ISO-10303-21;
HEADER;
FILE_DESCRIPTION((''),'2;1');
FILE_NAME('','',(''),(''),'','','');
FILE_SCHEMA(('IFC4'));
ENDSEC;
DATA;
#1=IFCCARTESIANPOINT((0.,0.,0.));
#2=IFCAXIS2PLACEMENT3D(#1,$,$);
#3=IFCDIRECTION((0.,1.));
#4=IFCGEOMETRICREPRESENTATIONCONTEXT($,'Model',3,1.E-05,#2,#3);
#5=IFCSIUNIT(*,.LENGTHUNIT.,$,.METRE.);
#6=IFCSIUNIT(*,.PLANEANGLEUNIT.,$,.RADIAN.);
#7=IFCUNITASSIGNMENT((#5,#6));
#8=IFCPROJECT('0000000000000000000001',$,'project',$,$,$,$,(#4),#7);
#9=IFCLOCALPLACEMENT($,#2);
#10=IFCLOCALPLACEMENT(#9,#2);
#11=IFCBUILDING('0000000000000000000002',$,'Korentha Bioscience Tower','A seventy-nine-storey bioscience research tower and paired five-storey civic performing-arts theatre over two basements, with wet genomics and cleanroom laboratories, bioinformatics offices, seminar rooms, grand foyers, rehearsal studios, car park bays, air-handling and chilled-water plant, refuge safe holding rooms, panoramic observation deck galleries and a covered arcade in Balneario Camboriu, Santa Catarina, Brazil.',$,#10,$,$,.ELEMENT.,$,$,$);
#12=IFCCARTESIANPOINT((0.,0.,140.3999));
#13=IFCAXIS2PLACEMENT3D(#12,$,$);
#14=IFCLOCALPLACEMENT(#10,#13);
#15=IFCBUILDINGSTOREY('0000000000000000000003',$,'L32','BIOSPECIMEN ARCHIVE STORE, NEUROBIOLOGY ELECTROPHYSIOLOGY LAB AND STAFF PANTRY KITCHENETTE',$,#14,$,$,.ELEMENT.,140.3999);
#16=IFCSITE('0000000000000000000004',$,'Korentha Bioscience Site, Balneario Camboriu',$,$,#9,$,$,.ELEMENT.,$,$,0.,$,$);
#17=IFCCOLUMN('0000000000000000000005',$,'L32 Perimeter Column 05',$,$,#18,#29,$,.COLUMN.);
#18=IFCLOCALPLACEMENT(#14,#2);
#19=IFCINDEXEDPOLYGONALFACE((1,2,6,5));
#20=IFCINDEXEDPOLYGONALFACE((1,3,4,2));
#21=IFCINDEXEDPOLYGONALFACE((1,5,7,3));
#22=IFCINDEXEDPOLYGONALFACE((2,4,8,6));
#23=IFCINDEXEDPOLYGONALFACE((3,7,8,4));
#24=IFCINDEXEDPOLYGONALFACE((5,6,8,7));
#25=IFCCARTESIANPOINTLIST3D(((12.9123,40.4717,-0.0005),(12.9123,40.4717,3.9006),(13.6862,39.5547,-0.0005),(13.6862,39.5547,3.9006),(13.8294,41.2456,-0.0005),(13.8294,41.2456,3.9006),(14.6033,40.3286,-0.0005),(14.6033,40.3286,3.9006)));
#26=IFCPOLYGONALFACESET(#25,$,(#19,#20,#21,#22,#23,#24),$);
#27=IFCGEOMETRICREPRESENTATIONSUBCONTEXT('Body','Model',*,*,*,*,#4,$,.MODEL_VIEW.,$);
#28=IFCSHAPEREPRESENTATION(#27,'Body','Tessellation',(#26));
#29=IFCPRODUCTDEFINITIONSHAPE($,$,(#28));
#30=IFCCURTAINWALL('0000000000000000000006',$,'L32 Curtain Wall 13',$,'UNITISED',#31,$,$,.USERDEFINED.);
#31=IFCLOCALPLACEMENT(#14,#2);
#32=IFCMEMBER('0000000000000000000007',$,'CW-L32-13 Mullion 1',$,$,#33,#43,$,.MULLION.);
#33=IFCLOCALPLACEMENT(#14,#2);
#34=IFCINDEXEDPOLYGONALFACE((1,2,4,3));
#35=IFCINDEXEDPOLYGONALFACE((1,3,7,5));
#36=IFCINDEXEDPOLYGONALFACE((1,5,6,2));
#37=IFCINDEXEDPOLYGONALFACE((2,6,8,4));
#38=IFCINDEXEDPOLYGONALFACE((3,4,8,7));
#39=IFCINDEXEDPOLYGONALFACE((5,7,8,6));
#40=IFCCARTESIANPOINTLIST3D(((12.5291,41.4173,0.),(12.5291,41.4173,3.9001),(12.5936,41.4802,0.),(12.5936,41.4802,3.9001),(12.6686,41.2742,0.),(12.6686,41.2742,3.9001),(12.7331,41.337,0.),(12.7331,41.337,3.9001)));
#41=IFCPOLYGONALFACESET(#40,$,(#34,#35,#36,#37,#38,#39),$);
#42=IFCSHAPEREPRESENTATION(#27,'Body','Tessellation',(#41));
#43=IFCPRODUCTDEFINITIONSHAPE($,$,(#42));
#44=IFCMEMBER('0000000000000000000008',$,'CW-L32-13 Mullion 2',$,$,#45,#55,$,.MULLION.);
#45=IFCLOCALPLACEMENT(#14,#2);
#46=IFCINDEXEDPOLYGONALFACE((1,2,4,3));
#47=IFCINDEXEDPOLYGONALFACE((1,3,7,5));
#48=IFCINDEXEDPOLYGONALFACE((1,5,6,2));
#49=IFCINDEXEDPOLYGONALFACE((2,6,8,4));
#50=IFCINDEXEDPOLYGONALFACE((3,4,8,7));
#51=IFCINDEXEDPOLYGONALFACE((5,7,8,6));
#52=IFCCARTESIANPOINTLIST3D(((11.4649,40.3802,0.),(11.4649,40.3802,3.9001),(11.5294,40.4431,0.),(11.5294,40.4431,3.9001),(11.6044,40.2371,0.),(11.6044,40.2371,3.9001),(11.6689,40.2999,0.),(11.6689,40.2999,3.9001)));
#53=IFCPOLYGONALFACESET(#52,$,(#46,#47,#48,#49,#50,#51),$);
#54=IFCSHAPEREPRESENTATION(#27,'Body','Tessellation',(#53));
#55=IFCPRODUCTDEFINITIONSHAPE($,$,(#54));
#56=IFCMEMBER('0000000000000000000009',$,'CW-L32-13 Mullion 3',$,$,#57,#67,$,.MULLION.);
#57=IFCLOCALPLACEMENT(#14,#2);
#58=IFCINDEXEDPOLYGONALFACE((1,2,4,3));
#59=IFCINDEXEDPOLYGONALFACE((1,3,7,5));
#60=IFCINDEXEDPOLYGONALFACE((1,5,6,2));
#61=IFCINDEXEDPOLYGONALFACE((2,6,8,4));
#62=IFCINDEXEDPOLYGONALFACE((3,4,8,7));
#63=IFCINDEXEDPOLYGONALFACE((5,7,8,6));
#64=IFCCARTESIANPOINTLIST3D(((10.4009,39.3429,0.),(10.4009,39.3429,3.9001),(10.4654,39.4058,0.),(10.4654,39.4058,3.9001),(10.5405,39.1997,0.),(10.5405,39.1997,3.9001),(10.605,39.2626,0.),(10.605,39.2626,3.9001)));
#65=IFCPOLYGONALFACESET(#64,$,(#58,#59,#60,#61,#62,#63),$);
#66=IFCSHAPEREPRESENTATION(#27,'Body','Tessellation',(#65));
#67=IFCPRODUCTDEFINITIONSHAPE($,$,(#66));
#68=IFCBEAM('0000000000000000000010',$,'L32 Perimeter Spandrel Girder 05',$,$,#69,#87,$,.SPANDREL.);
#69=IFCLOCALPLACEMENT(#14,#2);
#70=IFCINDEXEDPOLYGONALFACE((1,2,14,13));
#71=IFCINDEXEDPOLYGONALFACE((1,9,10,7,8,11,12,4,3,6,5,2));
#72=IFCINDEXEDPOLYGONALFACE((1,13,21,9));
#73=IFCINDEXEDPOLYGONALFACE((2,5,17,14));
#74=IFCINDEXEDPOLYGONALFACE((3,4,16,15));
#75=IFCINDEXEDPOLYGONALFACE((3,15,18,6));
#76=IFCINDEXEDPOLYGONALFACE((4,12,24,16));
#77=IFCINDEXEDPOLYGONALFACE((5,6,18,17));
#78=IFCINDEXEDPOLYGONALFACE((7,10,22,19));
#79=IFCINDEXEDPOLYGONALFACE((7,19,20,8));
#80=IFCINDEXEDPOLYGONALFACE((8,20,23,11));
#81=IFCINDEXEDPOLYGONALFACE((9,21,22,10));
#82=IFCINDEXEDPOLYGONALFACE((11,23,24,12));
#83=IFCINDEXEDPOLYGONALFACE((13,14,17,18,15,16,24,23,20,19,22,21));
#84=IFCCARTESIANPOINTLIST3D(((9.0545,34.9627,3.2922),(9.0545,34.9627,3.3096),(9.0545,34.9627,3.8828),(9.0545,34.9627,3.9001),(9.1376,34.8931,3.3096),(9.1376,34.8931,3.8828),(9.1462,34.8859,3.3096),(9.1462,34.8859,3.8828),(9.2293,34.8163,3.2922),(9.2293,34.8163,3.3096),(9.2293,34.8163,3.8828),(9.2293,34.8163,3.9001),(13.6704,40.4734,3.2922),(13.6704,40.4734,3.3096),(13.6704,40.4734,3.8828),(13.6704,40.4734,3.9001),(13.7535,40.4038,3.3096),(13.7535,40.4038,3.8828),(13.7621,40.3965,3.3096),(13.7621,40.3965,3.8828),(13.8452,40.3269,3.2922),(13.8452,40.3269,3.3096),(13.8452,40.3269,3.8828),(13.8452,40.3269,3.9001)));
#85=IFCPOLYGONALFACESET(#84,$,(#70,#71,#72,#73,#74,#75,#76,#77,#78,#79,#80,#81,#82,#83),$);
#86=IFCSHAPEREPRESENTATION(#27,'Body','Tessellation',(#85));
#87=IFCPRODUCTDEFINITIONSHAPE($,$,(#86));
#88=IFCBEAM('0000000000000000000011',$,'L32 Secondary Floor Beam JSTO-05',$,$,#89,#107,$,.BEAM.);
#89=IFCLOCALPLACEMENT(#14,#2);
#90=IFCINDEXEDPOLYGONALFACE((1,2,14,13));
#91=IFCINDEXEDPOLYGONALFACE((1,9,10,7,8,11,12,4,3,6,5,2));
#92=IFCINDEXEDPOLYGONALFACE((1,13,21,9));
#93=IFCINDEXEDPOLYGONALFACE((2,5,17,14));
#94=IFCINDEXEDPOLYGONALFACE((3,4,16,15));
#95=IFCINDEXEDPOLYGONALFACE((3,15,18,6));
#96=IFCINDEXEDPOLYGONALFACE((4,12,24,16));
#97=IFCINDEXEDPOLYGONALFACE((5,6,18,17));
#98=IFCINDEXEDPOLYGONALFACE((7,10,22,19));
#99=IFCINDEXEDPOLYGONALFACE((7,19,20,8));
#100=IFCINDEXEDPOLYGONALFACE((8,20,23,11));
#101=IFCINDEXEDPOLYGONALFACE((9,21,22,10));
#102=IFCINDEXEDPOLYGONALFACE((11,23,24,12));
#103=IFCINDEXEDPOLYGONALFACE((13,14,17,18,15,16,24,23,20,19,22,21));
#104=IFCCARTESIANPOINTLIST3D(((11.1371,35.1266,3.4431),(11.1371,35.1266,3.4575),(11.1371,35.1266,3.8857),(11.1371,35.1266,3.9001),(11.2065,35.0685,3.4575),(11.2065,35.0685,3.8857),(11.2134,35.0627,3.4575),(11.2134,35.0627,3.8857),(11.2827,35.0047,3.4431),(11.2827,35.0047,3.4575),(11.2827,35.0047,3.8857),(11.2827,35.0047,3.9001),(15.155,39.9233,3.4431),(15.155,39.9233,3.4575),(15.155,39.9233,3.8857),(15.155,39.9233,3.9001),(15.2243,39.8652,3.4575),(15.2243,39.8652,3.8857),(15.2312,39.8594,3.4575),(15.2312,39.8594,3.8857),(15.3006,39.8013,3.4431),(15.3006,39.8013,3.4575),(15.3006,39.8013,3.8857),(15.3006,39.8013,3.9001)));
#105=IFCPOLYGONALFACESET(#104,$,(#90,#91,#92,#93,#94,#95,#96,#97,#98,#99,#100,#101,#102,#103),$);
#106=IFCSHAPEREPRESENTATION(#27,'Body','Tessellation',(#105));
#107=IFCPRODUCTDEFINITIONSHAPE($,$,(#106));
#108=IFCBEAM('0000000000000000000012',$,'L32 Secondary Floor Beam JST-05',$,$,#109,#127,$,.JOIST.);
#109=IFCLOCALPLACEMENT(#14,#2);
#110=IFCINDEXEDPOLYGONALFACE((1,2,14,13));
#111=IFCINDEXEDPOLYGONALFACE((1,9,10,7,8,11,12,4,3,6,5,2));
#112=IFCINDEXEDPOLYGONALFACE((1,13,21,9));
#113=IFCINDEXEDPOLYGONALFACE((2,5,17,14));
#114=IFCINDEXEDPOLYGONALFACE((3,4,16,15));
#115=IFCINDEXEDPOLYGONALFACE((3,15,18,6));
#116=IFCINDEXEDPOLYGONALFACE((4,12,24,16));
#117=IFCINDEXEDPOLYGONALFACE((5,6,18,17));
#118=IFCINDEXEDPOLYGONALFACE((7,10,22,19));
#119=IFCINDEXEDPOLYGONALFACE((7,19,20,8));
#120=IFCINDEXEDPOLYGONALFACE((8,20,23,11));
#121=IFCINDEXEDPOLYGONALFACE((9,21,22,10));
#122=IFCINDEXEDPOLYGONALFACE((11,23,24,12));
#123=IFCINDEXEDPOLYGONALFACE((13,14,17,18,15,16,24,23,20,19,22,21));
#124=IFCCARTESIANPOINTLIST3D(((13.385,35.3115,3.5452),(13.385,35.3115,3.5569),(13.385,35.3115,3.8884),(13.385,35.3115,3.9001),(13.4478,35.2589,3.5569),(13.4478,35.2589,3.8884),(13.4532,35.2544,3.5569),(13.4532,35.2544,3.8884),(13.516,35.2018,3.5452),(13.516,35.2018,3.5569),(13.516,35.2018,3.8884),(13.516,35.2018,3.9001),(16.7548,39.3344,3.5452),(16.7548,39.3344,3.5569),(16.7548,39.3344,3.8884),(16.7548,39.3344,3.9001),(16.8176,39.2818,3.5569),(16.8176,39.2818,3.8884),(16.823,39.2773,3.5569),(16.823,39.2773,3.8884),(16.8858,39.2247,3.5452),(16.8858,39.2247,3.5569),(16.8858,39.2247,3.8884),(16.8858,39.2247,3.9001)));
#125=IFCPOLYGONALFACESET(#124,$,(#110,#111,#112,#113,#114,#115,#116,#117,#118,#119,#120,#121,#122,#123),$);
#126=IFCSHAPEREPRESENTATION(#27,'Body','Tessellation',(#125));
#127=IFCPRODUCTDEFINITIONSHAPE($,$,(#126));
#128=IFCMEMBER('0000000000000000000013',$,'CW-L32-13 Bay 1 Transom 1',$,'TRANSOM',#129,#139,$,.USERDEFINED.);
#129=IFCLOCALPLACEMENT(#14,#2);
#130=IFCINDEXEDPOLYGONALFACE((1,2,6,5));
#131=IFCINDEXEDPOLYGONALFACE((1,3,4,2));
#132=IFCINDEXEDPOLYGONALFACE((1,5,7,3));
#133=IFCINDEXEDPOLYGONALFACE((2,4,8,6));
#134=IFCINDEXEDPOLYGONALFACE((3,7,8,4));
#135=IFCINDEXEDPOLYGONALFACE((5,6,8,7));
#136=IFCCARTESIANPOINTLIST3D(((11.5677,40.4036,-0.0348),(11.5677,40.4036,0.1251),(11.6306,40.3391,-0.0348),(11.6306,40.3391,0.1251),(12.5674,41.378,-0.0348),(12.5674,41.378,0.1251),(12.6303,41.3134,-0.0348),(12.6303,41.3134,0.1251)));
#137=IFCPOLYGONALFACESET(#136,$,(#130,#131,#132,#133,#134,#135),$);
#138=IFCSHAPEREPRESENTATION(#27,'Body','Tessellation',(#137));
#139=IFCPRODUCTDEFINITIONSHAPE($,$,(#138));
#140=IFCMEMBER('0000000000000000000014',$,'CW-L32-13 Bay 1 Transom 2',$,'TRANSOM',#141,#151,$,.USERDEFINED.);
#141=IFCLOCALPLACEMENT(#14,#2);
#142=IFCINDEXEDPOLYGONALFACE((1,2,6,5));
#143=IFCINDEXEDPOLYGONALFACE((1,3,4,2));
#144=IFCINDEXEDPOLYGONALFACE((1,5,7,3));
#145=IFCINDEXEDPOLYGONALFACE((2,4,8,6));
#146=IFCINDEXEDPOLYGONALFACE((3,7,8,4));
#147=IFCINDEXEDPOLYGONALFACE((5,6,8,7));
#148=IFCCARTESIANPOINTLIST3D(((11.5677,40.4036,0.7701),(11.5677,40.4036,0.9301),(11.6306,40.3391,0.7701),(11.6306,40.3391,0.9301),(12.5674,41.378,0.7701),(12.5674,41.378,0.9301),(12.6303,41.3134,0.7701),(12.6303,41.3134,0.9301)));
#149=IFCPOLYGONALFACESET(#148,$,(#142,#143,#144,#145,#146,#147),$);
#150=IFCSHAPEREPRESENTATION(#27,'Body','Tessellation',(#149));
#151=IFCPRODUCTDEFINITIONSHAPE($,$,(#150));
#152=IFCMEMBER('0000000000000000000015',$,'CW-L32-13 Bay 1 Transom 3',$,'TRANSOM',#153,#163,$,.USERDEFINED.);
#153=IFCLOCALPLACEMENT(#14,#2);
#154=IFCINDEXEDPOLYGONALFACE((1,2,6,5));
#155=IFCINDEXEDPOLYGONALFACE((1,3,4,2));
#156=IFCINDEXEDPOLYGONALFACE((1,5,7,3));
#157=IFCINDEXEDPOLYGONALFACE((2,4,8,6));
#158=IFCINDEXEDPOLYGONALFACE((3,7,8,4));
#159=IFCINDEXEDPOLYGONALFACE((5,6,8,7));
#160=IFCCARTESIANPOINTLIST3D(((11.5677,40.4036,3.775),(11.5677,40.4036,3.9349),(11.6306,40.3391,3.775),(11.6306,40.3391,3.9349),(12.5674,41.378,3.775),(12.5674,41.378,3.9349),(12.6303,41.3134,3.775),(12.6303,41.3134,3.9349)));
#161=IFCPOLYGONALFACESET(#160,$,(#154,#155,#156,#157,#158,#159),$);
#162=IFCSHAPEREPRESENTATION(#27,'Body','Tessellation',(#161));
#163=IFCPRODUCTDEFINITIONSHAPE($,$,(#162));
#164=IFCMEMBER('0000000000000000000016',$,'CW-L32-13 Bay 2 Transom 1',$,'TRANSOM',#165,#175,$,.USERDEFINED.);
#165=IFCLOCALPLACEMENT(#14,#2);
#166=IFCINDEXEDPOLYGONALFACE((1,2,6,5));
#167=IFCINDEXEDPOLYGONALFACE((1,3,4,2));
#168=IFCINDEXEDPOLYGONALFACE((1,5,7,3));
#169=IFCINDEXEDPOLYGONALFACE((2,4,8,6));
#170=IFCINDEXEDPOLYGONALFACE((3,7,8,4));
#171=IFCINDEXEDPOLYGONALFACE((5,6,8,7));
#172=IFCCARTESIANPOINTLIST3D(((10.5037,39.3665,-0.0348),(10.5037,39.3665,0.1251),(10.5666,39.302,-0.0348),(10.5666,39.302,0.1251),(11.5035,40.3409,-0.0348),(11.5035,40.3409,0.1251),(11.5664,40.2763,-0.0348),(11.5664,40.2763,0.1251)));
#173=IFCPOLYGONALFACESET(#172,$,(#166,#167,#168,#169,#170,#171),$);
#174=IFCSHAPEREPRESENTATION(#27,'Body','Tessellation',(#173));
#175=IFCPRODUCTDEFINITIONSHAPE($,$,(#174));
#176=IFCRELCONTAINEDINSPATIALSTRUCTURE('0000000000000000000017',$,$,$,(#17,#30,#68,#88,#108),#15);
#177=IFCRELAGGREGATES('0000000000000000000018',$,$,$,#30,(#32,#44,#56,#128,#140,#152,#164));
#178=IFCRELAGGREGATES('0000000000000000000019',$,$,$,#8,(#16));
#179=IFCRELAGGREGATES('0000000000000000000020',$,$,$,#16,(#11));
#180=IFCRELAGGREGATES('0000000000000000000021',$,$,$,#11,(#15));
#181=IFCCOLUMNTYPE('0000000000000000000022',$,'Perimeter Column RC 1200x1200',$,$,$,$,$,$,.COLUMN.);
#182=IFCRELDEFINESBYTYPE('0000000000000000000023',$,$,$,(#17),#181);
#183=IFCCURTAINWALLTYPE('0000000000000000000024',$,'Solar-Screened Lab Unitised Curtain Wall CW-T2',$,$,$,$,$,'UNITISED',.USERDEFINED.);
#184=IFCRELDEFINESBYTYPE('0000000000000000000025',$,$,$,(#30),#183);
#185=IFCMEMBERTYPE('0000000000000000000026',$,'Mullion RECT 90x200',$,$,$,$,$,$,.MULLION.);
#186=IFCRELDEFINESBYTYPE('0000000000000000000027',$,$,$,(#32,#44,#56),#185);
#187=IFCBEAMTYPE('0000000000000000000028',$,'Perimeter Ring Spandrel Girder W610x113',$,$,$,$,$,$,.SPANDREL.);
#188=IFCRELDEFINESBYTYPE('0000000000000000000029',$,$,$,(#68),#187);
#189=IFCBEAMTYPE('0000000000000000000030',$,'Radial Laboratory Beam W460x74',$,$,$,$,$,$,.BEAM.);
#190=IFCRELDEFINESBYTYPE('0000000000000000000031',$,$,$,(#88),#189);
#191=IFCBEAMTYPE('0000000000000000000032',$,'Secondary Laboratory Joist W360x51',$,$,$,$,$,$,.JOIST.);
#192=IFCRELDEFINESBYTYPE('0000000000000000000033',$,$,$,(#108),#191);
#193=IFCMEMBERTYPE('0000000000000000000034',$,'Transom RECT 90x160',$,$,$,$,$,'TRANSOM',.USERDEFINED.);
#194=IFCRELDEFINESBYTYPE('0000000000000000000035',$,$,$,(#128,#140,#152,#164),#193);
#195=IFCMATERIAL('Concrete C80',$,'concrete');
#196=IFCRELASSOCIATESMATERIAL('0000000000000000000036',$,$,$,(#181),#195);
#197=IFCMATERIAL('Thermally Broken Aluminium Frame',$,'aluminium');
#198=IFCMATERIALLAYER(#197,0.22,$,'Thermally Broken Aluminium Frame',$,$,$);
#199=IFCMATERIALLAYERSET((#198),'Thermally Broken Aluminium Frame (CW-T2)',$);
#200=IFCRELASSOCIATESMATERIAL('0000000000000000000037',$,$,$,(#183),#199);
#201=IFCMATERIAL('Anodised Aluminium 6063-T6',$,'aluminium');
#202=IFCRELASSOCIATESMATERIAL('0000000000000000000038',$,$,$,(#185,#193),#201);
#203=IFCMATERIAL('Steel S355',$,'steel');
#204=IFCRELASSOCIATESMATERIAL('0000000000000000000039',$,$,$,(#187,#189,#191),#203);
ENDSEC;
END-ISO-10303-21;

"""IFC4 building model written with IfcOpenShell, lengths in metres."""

from ifc_helpers import new_model, si_unit, direction, frame, origin, origin_2d, place, context, subcontext, project, spatial, rectangle, i_section, extrude, material, layer, layer_set, material_profile, profile_set, type_object, element, aggregate, save


model = new_model("IFC4")

# Units and contexts
model_context = context("Model", 3, precision=1e-05, world=origin(), true_north=direction((0.0, 1.0)))
body_context = subcontext(model_context, "Body", "Model", "MODEL_VIEW")
ifc_project = project(units=[si_unit("LENGTHUNIT", "METRE"), si_unit("PLANEANGLEUNIT", "RADIAN")], contexts=[model_context])

# Site, building, storey
site_placement = place(None, origin())
site = spatial("IfcSite", under=ifc_project, at=site_placement, Name="Korentha Bioscience Site, Balneario Camboriu", CompositionType="ELEMENT", RefElevation=0.0)
building_placement = place(site_placement, origin())
building = spatial("IfcBuilding", under=site, at=building_placement, Name="Korentha Bioscience Tower", Description="A seventy-nine-storey bioscience research tower and paired five-storey civic performing-arts theatre over two basements, with wet genomics and cleanroom laboratories, bioinformatics offices, seminar rooms, grand foyers, rehearsal studios, car park bays, air-handling and chilled-water plant, refuge safe holding rooms, panoramic observation deck galleries and a covered arcade in Balneario Camboriu, Santa Catarina, Brazil.", CompositionType="ELEMENT")
storey_placement = place(building_placement, frame((0.0, 0.0, 140.3999)))
storey = spatial("IfcBuildingStorey", under=building, at=storey_placement, Name="L32", Description="BIOSPECIMEN ARCHIVE STORE, NEUROBIOLOGY ELECTROPHYSIOLOGY LAB AND STAFF PANTRY KITCHENETTE", CompositionType="ELEMENT", Elevation=140.3999)

# Column
ifc_material_1 = material(Name="Concrete C80", Category="concrete")
ifc_material_profile_1 = material_profile(ifc_material_1, rectangle(XDim=1.2, YDim=1.2, at=origin_2d()), Name="Concrete C80")
ifc_profile_set_1 = profile_set([ifc_material_profile_1], Name="Concrete C80 (COL-P12)")
column_type = type_object("IfcColumnType", Name="Perimeter Column RC 1200x1200", PredefinedType="COLUMN", material=ifc_profile_set_1)
column_placement = place(storey_placement, frame((13.7578, 40.4001, -0.0005), z_axis=(0.0, 0.0, 1.0), x_axis=(0.764246, 0.644924, 0.0)))
element("IfcColumn", 1, at=column_placement, inside=storey, type_object=column_type, Name="L32 Perimeter Column 05", PredefinedType="COLUMN", context=body_context, shape_type="SweptSolid", body=[
    extrude(rectangle(XDim=1.2, YDim=1.2, at=origin_2d()), origin(), (0.0, 0.0, 1.0), 3.9011),
])

# Curtain wall, members
ifc_material_2 = material(Name="Thermally Broken Aluminium Frame", Category="aluminium")
ifc_layer_1 = layer(ifc_material_2, 0.22, Name="Thermally Broken Aluminium Frame")
ifc_layer_set_1 = layer_set([ifc_layer_1], Name="Thermally Broken Aluminium Frame (CW-T2)")
curtain_wall_type = type_object("IfcCurtainWallType", Name="Solar-Screened Lab Unitised Curtain Wall CW-T2", ElementType="UNITISED", PredefinedType="USERDEFINED", material=ifc_layer_set_1)
curtain_wall_placement = place(storey_placement, origin())
curtain_wall = element("IfcCurtainWall", 2, at=curtain_wall_placement, inside=storey, type_object=curtain_wall_type, Name="L32 Curtain Wall 13", ObjectType="UNITISED", PredefinedType="USERDEFINED")
ifc_material_3 = material(Name="Anodised Aluminium 6063-T6", Category="aluminium")
ifc_material_profile_2 = material_profile(ifc_material_3, rectangle(XDim=0.0901, YDim=0.2, at=origin_2d()), Name="Anodised Aluminium 6063-T6")
ifc_profile_set_2 = profile_set([ifc_material_profile_2], Name="Anodised Aluminium 6063-T6 (CW-MUL)")
member_type_1 = type_object("IfcMemberType", Name="Mullion RECT 90x200", PredefinedType="MULLION", material=ifc_profile_set_2)
member_1_placement = place(storey_placement, frame((12.6311, 41.3772, 0.0), z_axis=(0.0, 0.0, 1.0), x_axis=(-0.716096, -0.698002, 0.0)))
member_1 = element("IfcMember", 3, at=member_1_placement, type_object=member_type_1, Name="CW-L32-13 Mullion 1", PredefinedType="MULLION", context=body_context, shape_type="SweptSolid", body=[
    extrude(rectangle(XDim=0.0901, YDim=0.2, at=origin_2d()), origin(), (0.0, 0.0, 1.0), 3.9001),
])
member_2_placement = place(storey_placement, frame((11.5669, 40.3401, 0.0), z_axis=(0.0, 0.0, 1.0), x_axis=(-0.716096, -0.698002, 0.0)))
member_2 = element("IfcMember", 4, at=member_2_placement, type_object=member_type_1, Name="CW-L32-13 Mullion 2", PredefinedType="MULLION", context=body_context, shape_type="SweptSolid", body=[
    extrude(rectangle(XDim=0.0901, YDim=0.2, at=origin_2d()), origin(), (0.0, 0.0, 1.0), 3.9001),
])
member_3_placement = place(storey_placement, frame((10.5029, 39.3027, 0.0), z_axis=(0.0, 0.0, 1.0), x_axis=(-0.716096, -0.698002, 0.0)))
member_3 = element("IfcMember", 5, at=member_3_placement, type_object=member_type_1, Name="CW-L32-13 Mullion 3", PredefinedType="MULLION", context=body_context, shape_type="SweptSolid", body=[
    extrude(rectangle(XDim=0.0901, YDim=0.2, at=origin_2d()), origin(), (0.0, 0.0, 1.0), 3.9001),
])

# Beams
ifc_material_4 = material(Name="Steel S355", Category="steel")
ifc_material_profile_3 = material_profile(ifc_material_4, i_section(OverallWidth=0.228, OverallDepth=0.6079, WebThickness=0.0112, FlangeThickness=0.0173, at=origin_2d()), Name="Steel S355")
ifc_profile_set_3 = profile_set([ifc_material_profile_3], Name="Steel S355 (SB-610)")
beam_type_1 = type_object("IfcBeamType", Name="Perimeter Ring Spandrel Girder W610x113", PredefinedType="SPANDREL", material=ifc_profile_set_3)
beam_1_placement = place(storey_placement, frame((13.7578, 40.4001, 3.5962), z_axis=(-0.642127, -0.766599, 0.0), x_axis=(0.766599, -0.642127, 0.0)))
element("IfcBeam", 6, at=beam_1_placement, inside=storey, type_object=beam_type_1, Name="L32 Perimeter Spandrel Girder 05", PredefinedType="SPANDREL", context=body_context, shape_type="SweptSolid", body=[
    extrude(i_section(OverallWidth=0.228, OverallDepth=0.6079, WebThickness=0.0112, FlangeThickness=0.0173, at=origin_2d()), origin(), (0.0, 0.0, 1.0), 7.1885),
])
ifc_material_profile_4 = material_profile(ifc_material_4, i_section(OverallWidth=0.1899, OverallDepth=0.457, WebThickness=0.009, FlangeThickness=0.0144, at=origin_2d()), Name="Steel S355")
ifc_profile_set_4 = profile_set([ifc_material_profile_4], Name="Steel S355 (RB-460)")
beam_type_2 = type_object("IfcBeamType", Name="Radial Laboratory Beam W460x74", PredefinedType="BEAM", material=ifc_profile_set_4)
beam_2_placement = place(storey_placement, frame((15.2278, 39.8623, 3.6716), z_axis=(-0.642128, -0.766597, 0.0), x_axis=(0.766597, -0.642128, 0.0)))
element("IfcBeam", 7, at=beam_2_placement, inside=storey, type_object=beam_type_2, Name="L32 Secondary Floor Beam JSTO-05", PredefinedType="BEAM", context=body_context, shape_type="SweptSolid", body=[
    extrude(i_section(OverallWidth=0.1899, OverallDepth=0.457, WebThickness=0.009, FlangeThickness=0.0144, at=origin_2d()), origin(), (0.0, 0.0, 1.0), 6.2571),
])
ifc_material_profile_5 = material_profile(ifc_material_4, i_section(OverallWidth=0.1709, OverallDepth=0.355, WebThickness=0.0071, FlangeThickness=0.0117, at=origin_2d()), Name="Steel S355")
ifc_profile_set_5 = profile_set([ifc_material_profile_5], Name="Steel S355 (JB-360)")
beam_type_3 = type_object("IfcBeamType", Name="Secondary Laboratory Joist W360x51", PredefinedType="JOIST", material=ifc_profile_set_5)
beam_3_placement = place(storey_placement, frame((16.8203, 39.2795, 3.7227), z_axis=(-0.642141, -0.766587, 0.0), x_axis=(0.766587, -0.642141, 0.0)))
element("IfcBeam", 8, at=beam_3_placement, inside=storey, type_object=beam_type_3, Name="L32 Secondary Floor Beam JST-05", PredefinedType="JOIST", context=body_context, shape_type="SweptSolid", body=[
    extrude(i_section(OverallWidth=0.1709, OverallDepth=0.355, WebThickness=0.0071, FlangeThickness=0.0117, at=origin_2d()), origin(), (0.0, 0.0, 1.0), 5.2478),
])

# Members
ifc_material_profile_6 = material_profile(ifc_material_3, rectangle(XDim=0.0901, YDim=0.1599, at=origin_2d()), Name="Anodised Aluminium 6063-T6")
ifc_profile_set_6 = profile_set([ifc_material_profile_6], Name="Anodised Aluminium 6063-T6 (CW-TRN)")
member_type_2 = type_object("IfcMemberType", Name="Transom RECT 90x160", ElementType="TRANSOM", PredefinedType="USERDEFINED", material=ifc_profile_set_6)
member_4_placement = place(storey_placement, frame((12.5989, 41.3457, 0.0452), z_axis=(-0.716142, -0.697954, 0.0), x_axis=(0.697954, -0.716142, 0.0)))
member_4 = element("IfcMember", 9, at=member_4_placement, type_object=member_type_2, Name="CW-L32-13 Bay 1 Transom 1", ObjectType="TRANSOM", PredefinedType="USERDEFINED", context=body_context, shape_type="SweptSolid", body=[
    extrude(rectangle(XDim=0.0901, YDim=0.1599, at=origin_2d()), origin(), (0.0, 0.0, 1.0), 1.396),
])
member_5_placement = place(storey_placement, frame((12.5989, 41.3457, 0.8501), z_axis=(-0.716142, -0.697954, 0.0), x_axis=(0.697954, -0.716142, 0.0)))
member_5 = element("IfcMember", 10, at=member_5_placement, type_object=member_type_2, Name="CW-L32-13 Bay 1 Transom 2", ObjectType="TRANSOM", PredefinedType="USERDEFINED", context=body_context, shape_type="SweptSolid", body=[
    extrude(rectangle(XDim=0.0901, YDim=0.1599, at=origin_2d()), origin(), (0.0, 0.0, 1.0), 1.396),
])
member_6_placement = place(storey_placement, frame((12.5989, 41.3457, 3.855), z_axis=(-0.716142, -0.697954, 0.0), x_axis=(0.697954, -0.716142, 0.0)))
member_6 = element("IfcMember", 11, at=member_6_placement, type_object=member_type_2, Name="CW-L32-13 Bay 1 Transom 3", ObjectType="TRANSOM", PredefinedType="USERDEFINED", context=body_context, shape_type="SweptSolid", body=[
    extrude(rectangle(XDim=0.0901, YDim=0.1599, at=origin_2d()), origin(), (0.0, 0.0, 1.0), 1.396),
])
member_7_placement = place(storey_placement, frame((11.5349, 40.3086, 0.0452), z_axis=(-0.716142, -0.697954, 0.0), x_axis=(0.697954, -0.716142, 0.0)))
member_7 = element("IfcMember", 12, at=member_7_placement, type_object=member_type_2, Name="CW-L32-13 Bay 2 Transom 1", ObjectType="TRANSOM", PredefinedType="USERDEFINED", context=body_context, shape_type="SweptSolid", body=[
    extrude(rectangle(XDim=0.0901, YDim=0.1599, at=origin_2d()), origin(), (0.0, 0.0, 1.0), 1.396),
])

aggregate(curtain_wall, [member_1, member_2, member_3, member_4, member_5, member_6, member_7])

save(model, "model.ifc")
